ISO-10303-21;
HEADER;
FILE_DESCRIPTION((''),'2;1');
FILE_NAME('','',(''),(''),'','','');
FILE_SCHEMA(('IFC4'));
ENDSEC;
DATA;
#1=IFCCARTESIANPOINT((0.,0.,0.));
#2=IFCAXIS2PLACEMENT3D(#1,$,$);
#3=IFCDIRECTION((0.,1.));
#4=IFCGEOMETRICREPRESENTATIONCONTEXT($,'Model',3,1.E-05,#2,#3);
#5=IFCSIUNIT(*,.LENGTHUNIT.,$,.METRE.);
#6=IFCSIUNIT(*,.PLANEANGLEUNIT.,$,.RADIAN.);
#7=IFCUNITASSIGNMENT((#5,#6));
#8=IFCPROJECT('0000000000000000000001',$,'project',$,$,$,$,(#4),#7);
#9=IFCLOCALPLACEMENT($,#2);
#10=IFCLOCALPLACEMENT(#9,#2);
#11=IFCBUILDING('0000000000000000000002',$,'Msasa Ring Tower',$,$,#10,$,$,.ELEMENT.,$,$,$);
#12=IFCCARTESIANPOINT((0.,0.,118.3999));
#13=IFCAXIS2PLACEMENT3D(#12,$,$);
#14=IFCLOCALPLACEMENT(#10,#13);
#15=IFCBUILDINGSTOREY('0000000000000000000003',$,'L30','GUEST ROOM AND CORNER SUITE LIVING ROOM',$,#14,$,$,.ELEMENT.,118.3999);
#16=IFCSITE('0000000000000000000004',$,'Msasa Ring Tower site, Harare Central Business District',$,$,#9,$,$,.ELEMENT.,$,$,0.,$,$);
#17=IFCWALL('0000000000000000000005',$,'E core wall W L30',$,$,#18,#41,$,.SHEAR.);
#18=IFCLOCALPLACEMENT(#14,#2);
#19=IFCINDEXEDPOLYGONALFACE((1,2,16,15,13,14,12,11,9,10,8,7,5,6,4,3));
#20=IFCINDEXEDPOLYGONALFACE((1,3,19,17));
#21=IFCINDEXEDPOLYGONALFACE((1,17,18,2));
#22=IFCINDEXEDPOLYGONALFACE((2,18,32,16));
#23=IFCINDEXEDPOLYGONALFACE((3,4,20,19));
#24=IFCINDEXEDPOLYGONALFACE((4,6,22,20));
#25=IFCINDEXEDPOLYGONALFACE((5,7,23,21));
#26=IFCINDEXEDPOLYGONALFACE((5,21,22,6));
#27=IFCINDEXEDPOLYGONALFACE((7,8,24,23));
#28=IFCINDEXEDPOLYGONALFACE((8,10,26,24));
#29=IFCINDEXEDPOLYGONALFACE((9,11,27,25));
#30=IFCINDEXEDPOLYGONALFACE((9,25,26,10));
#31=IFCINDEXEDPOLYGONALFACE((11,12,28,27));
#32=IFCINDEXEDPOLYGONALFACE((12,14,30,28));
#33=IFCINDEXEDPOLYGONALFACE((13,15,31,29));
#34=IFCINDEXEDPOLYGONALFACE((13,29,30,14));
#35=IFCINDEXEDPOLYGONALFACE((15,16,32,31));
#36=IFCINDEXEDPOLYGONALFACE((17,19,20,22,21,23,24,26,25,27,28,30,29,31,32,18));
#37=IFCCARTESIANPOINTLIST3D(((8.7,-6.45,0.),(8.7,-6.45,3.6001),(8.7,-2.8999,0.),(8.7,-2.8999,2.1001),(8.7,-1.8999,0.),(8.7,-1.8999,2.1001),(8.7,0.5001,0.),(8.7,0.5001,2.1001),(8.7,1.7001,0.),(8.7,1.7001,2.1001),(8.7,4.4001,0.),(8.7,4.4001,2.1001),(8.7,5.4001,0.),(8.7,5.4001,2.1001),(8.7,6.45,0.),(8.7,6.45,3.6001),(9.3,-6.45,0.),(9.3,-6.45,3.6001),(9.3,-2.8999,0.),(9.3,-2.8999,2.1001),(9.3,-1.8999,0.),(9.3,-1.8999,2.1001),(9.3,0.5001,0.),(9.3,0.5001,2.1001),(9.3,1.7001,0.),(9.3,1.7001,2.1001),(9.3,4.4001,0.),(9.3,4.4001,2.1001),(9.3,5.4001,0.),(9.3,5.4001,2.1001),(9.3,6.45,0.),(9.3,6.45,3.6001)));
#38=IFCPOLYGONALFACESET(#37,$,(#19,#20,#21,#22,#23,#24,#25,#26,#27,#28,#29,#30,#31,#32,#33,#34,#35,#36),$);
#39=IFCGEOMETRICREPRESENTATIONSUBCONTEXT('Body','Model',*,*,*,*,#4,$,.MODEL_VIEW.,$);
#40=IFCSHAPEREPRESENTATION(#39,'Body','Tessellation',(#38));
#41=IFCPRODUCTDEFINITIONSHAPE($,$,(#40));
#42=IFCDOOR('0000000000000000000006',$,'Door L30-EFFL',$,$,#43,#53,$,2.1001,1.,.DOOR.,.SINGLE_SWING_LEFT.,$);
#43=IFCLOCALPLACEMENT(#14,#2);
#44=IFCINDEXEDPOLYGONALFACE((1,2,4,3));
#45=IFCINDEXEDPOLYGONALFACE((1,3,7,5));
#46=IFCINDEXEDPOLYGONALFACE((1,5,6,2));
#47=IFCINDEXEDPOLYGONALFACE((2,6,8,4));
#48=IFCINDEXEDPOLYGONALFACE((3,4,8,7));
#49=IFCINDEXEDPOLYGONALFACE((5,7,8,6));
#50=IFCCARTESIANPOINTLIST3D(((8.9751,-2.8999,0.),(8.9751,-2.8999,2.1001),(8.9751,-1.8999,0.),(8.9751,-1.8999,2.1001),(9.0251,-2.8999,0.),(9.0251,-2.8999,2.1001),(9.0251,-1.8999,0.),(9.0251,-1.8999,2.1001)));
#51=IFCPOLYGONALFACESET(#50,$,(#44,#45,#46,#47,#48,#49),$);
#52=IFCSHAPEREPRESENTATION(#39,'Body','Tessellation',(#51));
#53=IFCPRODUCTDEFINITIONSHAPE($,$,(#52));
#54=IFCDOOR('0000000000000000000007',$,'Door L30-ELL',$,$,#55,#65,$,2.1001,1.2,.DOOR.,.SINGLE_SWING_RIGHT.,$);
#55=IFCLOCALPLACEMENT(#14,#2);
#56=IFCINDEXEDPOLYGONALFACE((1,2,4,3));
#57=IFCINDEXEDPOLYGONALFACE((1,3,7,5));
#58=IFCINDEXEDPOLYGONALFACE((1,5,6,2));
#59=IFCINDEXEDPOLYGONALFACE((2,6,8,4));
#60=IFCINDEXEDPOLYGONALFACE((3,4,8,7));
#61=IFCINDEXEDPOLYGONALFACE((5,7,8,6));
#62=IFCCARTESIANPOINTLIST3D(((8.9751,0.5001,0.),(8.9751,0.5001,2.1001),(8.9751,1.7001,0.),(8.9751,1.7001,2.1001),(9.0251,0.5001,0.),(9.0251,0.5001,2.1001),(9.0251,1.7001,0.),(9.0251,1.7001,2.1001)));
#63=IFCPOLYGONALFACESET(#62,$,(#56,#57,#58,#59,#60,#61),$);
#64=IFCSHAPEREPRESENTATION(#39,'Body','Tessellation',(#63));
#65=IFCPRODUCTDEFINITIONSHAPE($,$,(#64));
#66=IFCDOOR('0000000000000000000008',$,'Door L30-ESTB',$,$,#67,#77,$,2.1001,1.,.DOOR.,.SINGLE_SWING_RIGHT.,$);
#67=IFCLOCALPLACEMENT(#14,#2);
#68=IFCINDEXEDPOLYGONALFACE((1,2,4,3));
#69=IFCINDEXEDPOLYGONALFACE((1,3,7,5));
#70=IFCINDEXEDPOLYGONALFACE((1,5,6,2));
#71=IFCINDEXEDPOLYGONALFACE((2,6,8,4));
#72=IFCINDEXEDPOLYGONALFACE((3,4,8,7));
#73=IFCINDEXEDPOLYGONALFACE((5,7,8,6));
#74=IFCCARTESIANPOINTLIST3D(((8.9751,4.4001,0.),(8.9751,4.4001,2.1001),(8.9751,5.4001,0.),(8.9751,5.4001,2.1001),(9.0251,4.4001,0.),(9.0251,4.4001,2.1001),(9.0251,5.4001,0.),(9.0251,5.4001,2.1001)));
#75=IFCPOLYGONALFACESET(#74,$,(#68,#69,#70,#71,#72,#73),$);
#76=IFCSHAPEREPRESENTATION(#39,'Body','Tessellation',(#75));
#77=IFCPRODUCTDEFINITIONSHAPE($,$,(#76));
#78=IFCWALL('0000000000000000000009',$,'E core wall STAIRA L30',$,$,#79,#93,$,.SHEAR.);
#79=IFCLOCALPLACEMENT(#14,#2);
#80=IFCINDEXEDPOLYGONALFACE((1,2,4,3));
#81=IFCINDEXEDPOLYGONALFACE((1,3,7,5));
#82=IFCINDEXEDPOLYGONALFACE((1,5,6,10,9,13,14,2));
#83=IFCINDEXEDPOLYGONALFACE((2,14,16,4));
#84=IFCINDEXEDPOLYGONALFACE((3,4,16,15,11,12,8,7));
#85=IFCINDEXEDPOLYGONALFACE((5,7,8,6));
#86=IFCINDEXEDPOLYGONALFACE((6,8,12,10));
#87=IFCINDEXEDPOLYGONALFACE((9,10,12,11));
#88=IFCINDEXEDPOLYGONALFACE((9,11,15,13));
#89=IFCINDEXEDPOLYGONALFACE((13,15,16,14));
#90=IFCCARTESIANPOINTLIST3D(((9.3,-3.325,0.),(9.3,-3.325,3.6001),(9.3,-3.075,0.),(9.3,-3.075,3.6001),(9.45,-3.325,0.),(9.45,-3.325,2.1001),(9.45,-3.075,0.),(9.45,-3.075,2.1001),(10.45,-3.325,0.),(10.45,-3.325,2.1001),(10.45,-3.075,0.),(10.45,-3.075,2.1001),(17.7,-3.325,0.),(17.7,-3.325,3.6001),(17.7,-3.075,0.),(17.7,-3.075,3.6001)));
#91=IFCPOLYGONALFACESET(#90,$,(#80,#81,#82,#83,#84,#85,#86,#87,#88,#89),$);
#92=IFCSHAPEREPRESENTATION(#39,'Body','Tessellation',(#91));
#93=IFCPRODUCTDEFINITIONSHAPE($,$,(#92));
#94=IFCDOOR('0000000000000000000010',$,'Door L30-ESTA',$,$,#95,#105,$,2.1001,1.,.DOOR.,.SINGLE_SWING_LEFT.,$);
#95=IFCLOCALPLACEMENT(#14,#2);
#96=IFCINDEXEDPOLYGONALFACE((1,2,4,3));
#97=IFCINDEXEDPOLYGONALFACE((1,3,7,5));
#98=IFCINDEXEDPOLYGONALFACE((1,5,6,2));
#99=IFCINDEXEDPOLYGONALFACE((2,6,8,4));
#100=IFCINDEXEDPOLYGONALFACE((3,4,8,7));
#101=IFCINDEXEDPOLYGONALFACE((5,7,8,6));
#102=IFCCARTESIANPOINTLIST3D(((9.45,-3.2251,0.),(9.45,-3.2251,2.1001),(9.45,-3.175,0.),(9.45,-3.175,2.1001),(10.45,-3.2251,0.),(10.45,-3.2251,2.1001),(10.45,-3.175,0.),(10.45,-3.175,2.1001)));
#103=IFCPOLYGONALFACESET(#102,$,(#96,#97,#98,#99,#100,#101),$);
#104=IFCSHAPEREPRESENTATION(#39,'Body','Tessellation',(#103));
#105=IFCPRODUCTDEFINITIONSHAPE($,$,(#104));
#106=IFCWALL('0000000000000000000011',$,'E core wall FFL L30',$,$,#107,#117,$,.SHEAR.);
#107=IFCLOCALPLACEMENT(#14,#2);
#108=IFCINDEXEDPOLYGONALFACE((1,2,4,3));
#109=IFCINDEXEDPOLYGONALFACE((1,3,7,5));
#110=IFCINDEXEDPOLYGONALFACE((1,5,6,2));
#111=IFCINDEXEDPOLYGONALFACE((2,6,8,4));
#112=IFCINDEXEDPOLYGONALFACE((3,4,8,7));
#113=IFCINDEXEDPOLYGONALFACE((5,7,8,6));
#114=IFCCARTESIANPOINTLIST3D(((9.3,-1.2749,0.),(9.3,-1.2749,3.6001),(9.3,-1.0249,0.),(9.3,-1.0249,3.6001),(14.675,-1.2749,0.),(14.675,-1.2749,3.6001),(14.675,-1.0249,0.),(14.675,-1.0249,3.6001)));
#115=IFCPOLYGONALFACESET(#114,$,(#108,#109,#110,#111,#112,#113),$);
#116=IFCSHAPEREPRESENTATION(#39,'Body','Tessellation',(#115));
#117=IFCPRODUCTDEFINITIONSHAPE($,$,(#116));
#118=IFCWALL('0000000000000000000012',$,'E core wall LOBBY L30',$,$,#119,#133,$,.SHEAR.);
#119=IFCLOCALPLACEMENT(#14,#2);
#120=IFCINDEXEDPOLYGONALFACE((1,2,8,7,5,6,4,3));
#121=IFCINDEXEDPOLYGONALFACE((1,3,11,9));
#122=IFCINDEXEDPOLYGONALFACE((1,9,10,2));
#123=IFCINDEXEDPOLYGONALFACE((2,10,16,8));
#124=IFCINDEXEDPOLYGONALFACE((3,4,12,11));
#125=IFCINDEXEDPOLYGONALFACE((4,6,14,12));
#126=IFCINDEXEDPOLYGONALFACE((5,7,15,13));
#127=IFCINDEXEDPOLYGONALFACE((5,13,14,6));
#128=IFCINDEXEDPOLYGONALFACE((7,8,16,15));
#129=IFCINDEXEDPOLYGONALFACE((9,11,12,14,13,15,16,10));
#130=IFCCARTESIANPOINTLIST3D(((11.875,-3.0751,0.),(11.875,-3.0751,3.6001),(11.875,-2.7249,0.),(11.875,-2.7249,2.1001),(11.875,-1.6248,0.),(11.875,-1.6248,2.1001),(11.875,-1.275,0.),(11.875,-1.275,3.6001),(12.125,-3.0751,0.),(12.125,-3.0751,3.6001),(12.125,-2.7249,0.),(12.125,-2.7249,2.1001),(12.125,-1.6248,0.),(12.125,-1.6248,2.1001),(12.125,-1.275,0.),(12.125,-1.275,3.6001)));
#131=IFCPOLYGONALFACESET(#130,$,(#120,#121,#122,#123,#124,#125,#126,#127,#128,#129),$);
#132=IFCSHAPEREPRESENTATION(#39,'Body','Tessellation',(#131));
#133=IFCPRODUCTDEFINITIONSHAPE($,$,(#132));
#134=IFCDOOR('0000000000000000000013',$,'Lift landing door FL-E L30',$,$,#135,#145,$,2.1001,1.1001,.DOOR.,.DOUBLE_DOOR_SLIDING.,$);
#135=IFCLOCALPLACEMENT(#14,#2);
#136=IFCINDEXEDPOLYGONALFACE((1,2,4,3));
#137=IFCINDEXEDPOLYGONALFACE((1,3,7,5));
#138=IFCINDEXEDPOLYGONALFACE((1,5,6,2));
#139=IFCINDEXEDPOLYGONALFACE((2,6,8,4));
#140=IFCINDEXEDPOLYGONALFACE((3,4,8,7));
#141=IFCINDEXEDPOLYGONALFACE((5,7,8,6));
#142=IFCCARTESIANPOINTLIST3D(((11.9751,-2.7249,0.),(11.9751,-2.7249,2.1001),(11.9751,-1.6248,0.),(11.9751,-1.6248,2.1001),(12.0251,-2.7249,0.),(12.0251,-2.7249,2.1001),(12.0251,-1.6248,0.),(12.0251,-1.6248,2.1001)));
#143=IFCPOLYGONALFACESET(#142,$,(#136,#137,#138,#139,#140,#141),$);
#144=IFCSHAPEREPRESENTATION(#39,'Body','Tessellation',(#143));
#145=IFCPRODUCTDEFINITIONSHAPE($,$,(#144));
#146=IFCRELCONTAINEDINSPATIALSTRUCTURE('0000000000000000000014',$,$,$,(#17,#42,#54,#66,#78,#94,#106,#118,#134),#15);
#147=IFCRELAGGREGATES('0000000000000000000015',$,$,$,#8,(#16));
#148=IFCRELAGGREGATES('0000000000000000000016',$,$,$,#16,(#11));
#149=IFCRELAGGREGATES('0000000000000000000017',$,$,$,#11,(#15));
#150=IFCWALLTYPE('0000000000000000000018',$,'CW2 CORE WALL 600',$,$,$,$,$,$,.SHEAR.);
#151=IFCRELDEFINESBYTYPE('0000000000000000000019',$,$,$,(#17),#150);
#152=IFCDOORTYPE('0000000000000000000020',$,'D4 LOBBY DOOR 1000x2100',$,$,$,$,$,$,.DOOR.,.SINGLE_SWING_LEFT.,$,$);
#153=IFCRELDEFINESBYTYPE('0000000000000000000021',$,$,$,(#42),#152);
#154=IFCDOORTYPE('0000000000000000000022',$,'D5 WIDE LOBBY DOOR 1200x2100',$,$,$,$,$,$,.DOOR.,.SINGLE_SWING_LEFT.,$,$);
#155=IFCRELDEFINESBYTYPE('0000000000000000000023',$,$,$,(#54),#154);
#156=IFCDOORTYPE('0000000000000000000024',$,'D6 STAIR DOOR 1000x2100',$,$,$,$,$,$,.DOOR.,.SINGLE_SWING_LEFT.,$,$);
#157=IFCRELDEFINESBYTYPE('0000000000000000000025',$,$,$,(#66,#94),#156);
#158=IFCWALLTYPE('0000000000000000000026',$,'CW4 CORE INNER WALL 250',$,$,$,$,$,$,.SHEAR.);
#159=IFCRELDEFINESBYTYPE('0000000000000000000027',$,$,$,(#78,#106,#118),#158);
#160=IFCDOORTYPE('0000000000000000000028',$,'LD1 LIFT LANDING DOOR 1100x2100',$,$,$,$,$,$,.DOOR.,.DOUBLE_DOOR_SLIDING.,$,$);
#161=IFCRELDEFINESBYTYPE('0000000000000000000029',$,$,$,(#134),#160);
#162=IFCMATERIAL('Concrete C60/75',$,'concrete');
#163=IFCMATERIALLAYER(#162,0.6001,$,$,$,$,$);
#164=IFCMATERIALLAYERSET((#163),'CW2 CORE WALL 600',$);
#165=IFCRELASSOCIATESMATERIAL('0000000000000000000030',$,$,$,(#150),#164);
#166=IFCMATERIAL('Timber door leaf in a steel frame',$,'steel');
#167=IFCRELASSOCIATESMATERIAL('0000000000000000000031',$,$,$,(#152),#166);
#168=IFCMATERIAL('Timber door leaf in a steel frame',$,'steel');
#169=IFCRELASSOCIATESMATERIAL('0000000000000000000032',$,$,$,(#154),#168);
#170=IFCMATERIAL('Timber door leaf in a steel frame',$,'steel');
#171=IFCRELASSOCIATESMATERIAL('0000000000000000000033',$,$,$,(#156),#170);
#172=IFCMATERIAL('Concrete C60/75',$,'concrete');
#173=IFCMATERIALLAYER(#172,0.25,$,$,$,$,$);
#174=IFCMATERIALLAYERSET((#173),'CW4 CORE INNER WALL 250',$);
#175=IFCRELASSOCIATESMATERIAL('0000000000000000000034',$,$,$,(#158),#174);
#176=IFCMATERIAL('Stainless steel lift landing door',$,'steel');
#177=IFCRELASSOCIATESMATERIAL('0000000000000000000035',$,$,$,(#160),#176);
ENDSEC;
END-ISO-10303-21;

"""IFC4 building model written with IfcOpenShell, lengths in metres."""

from ifc_helpers import new_model, si_unit, direction, frame, frame_2d, origin, place, context, subcontext, project, spatial, rectangle, extrude, material, layer, layer_set, type_object, element, fill, save


model = new_model("IFC4")

# Units and contexts
model_context = context("Model", 3, precision=1e-05, world=origin(), true_north=direction((0.0, 1.0)))
body_context = subcontext(model_context, "Body", "Model", "MODEL_VIEW")
ifc_project = project(units=[si_unit("LENGTHUNIT", "METRE"), si_unit("PLANEANGLEUNIT", "RADIAN")], contexts=[model_context])

# Site, building, storey
site_placement = place(None, origin())
site = spatial("IfcSite", under=ifc_project, at=site_placement, Name="Msasa Ring Tower site, Harare Central Business District", CompositionType="ELEMENT", RefElevation=0.0)
building_placement = place(site_placement, origin())
building = spatial("IfcBuilding", under=site, at=building_placement, Name="Msasa Ring Tower", CompositionType="ELEMENT")
storey_placement = place(building_placement, frame((0.0, 0.0, 118.3999)))
storey = spatial("IfcBuildingStorey", under=building, at=storey_placement, Name="L30", Description="GUEST ROOM AND CORNER SUITE LIVING ROOM", CompositionType="ELEMENT", Elevation=118.3999)

# Shared definitions
ifc_material_1 = material(Name="Concrete C60/75", Category="concrete")
ifc_layer_1 = layer(ifc_material_1, 0.6001)
ifc_layer_set_1 = layer_set([ifc_layer_1], Name="CW2 CORE WALL 600")
wall_type_1 = type_object("IfcWallType", Name="CW2 CORE WALL 600", PredefinedType="SHEAR", material=ifc_layer_set_1)

# Wall, openings, doors
wall_1_placement = place(storey_placement, frame((9.0, -6.45, 0.0), z_axis=(0.0, 0.0, 1.0), x_axis=(0.0, 1.0, 0.0)))
wall_1 = element("IfcWall", 1, at=wall_1_placement, inside=storey, type_object=wall_type_1, Name="E core wall W L30", PredefinedType="SHEAR", context=body_context, shape_type="SweptSolid", body=[
    extrude(rectangle(XDim=12.8999, YDim=0.6001, at=frame_2d((6.45, 0.0))), origin(), (0.0, 0.0, 1.0), 3.6001),
])
opening_1_placement = place(wall_1_placement, frame((3.55, 0.0, 0.0)))
opening_1 = element("IfcOpeningElement", 2, at=opening_1_placement, cuts=wall_1, PredefinedType="OPENING", context=body_context, shape_type="SweptSolid", body=[
    extrude(rectangle(XDim=1.0, YDim=2.1001, at=frame_2d((0.5, 1.05))), frame((0.0, 0.3101, 0.0), z_axis=(0.0, -1.0, 0.0), x_axis=(1.0, 0.0, 0.0)), (0.0, 0.0, 1.0), 0.6201),
])
opening_2_placement = place(wall_1_placement, frame((6.95, 0.0, 0.0)))
opening_2 = element("IfcOpeningElement", 3, at=opening_2_placement, cuts=wall_1, PredefinedType="OPENING", context=body_context, shape_type="SweptSolid", body=[
    extrude(rectangle(XDim=1.2, YDim=2.1001, at=frame_2d((0.6001, 1.05))), frame((0.0, 0.3101, 0.0), z_axis=(0.0, -1.0, 0.0), x_axis=(1.0, 0.0, 0.0)), (0.0, 0.0, 1.0), 0.6201),
])
opening_3_placement = place(wall_1_placement, frame((10.8501, 0.0, 0.0)))
opening_3 = element("IfcOpeningElement", 4, at=opening_3_placement, cuts=wall_1, PredefinedType="OPENING", context=body_context, shape_type="SweptSolid", body=[
    extrude(rectangle(XDim=1.0, YDim=2.1001, at=frame_2d((0.5, 1.05))), frame((0.0, 0.3101, 0.0), z_axis=(0.0, -1.0, 0.0), x_axis=(1.0, 0.0, 0.0)), (0.0, 0.0, 1.0), 0.6201),
])
ifc_material_2 = material(Name="Timber door leaf in a steel frame", Category="steel")
door_type_1 = type_object("IfcDoorType", Name="D4 LOBBY DOOR 1000x2100", OperationType="SINGLE_SWING_LEFT", PredefinedType="DOOR", material=ifc_material_2)
door_1_placement = place(opening_1_placement, origin())
door_1 = element("IfcDoor", 5, at=door_1_placement, inside=storey, type_object=door_type_1, Name="Door L30-EFFL", OperationType="SINGLE_SWING_LEFT", OverallHeight=2.1001, OverallWidth=1.0, PredefinedType="DOOR", context=body_context, shape_type="SweptSolid", body=[
    extrude(rectangle(XDim=1.0, YDim=2.1001, at=frame_2d((0.5, 1.05))), frame((0.0, 0.0249, 0.0), z_axis=(0.0, -1.0, 0.0), x_axis=(1.0, 0.0, 0.0)), (0.0, 0.0, 1.0), 0.05),
])
fill(opening_1, door_1)
ifc_material_3 = material(Name="Timber door leaf in a steel frame", Category="steel")
door_type_2 = type_object("IfcDoorType", Name="D5 WIDE LOBBY DOOR 1200x2100", OperationType="SINGLE_SWING_LEFT", PredefinedType="DOOR", material=ifc_material_3)
door_2_placement = place(opening_2_placement, origin())
door_2 = element("IfcDoor", 6, at=door_2_placement, inside=storey, type_object=door_type_2, Name="Door L30-ELL", OperationType="SINGLE_SWING_RIGHT", OverallHeight=2.1001, OverallWidth=1.2, PredefinedType="DOOR", context=body_context, shape_type="SweptSolid", body=[
    extrude(rectangle(XDim=1.2, YDim=2.1001, at=frame_2d((0.6001, 1.05))), frame((0.0, 0.0249, 0.0), z_axis=(0.0, -1.0, 0.0), x_axis=(1.0, 0.0, 0.0)), (0.0, 0.0, 1.0), 0.05),
])
fill(opening_2, door_2)
ifc_material_4 = material(Name="Timber door leaf in a steel frame", Category="steel")
door_type_3 = type_object("IfcDoorType", Name="D6 STAIR DOOR 1000x2100", OperationType="SINGLE_SWING_LEFT", PredefinedType="DOOR", material=ifc_material_4)
door_3_placement = place(opening_3_placement, origin())
door_3 = element("IfcDoor", 7, at=door_3_placement, inside=storey, type_object=door_type_3, Name="Door L30-ESTB", OperationType="SINGLE_SWING_RIGHT", OverallHeight=2.1001, OverallWidth=1.0, PredefinedType="DOOR", context=body_context, shape_type="SweptSolid", body=[
    extrude(rectangle(XDim=1.0, YDim=2.1001, at=frame_2d((0.5, 1.05))), frame((0.0, 0.0249, 0.0), z_axis=(0.0, -1.0, 0.0), x_axis=(1.0, 0.0, 0.0)), (0.0, 0.0, 1.0), 0.05),
])
fill(opening_3, door_3)

# Wall, opening, door
ifc_material_5 = material(Name="Concrete C60/75", Category="concrete")
ifc_layer_2 = layer(ifc_material_5, 0.25)
ifc_layer_set_2 = layer_set([ifc_layer_2], Name="CW4 CORE INNER WALL 250")
wall_type_2 = type_object("IfcWallType", Name="CW4 CORE INNER WALL 250", PredefinedType="SHEAR", material=ifc_layer_set_2)
wall_2_placement = place(storey_placement, frame((9.3, -3.2, 0.0), z_axis=(0.0, 0.0, 1.0), x_axis=(1.0, 0.0, 0.0)))
wall_2 = element("IfcWall", 8, at=wall_2_placement, inside=storey, type_object=wall_type_2, Name="E core wall STAIRA L30", PredefinedType="SHEAR", context=body_context, shape_type="SweptSolid", body=[
    extrude(rectangle(XDim=8.3999, YDim=0.25, at=frame_2d((4.2, 0.0))), origin(), (0.0, 0.0, 1.0), 3.6001),
])
opening_4_placement = place(wall_2_placement, frame((0.1499, 0.0, 0.0)))
opening_4 = element("IfcOpeningElement", 9, at=opening_4_placement, cuts=wall_2, PredefinedType="OPENING", context=body_context, shape_type="SweptSolid", body=[
    extrude(rectangle(XDim=1.0, YDim=2.1001, at=frame_2d((0.5, 1.05))), frame((0.0, 0.135, 0.0), z_axis=(0.0, -1.0, 0.0), x_axis=(1.0, 0.0, 0.0)), (0.0, 0.0, 1.0), 0.27),
])
door_4_placement = place(opening_4_placement, origin())
door_4 = element("IfcDoor", 10, at=door_4_placement, inside=storey, type_object=door_type_3, Name="Door L30-ESTA", OperationType="SINGLE_SWING_LEFT", OverallHeight=2.1001, OverallWidth=1.0, PredefinedType="DOOR", context=body_context, shape_type="SweptSolid", body=[
    extrude(rectangle(XDim=1.0, YDim=2.1001, at=frame_2d((0.5, 1.05))), frame((0.0, 0.0249, 0.0), z_axis=(0.0, -1.0, 0.0), x_axis=(1.0, 0.0, 0.0)), (0.0, 0.0, 1.0), 0.05),
])
fill(opening_4, door_4)

# Wall
wall_3_placement = place(storey_placement, frame((9.3, -1.1499, 0.0), z_axis=(0.0, 0.0, 1.0), x_axis=(1.0, 0.0, 0.0)))
element("IfcWall", 11, at=wall_3_placement, inside=storey, type_object=wall_type_2, Name="E core wall FFL L30", PredefinedType="SHEAR", context=body_context, shape_type="SweptSolid", body=[
    extrude(rectangle(XDim=5.375, YDim=0.25, at=frame_2d((2.6875, 0.0))), origin(), (0.0, 0.0, 1.0), 3.6001),
])

# Wall, opening, door
wall_4_placement = place(storey_placement, frame((12.0, -3.075, 0.0), z_axis=(0.0, 0.0, 1.0), x_axis=(0.0, 1.0, 0.0)))
wall_4 = element("IfcWall", 12, at=wall_4_placement, inside=storey, type_object=wall_type_2, Name="E core wall LOBBY L30", PredefinedType="SHEAR", context=body_context, shape_type="SweptSolid", body=[
    extrude(rectangle(XDim=1.8, YDim=0.25, at=frame_2d((0.8999, 0.0))), origin(), (0.0, 0.0, 1.0), 3.6001),
])
opening_5_placement = place(wall_4_placement, frame((0.3501, 0.0, 0.0)))
opening_5 = element("IfcOpeningElement", 13, at=opening_5_placement, cuts=wall_4, PredefinedType="OPENING", context=body_context, shape_type="SweptSolid", body=[
    extrude(rectangle(XDim=1.1001, YDim=2.1001, at=frame_2d((0.55, 1.05))), frame((0.0, 0.135, 0.0), z_axis=(0.0, -1.0, 0.0), x_axis=(1.0, 0.0, 0.0)), (0.0, 0.0, 1.0), 0.27),
])
ifc_material_6 = material(Name="Stainless steel lift landing door", Category="steel")
door_type_4 = type_object("IfcDoorType", Name="LD1 LIFT LANDING DOOR 1100x2100", OperationType="DOUBLE_DOOR_SLIDING", PredefinedType="DOOR", material=ifc_material_6)
door_5_placement = place(opening_5_placement, origin())
door_5 = element("IfcDoor", 14, at=door_5_placement, inside=storey, type_object=door_type_4, Name="Lift landing door FL-E L30", OperationType="DOUBLE_DOOR_SLIDING", OverallHeight=2.1001, OverallWidth=1.1001, PredefinedType="DOOR", context=body_context, shape_type="SweptSolid", body=[
    extrude(rectangle(XDim=1.1001, YDim=2.1001, at=frame_2d((0.55, 1.05))), frame((0.0, 0.0249, 0.0), z_axis=(0.0, -1.0, 0.0), x_axis=(1.0, 0.0, 0.0)), (0.0, 0.0, 1.0), 0.05),
])
fill(opening_5, door_5)

save(model, "model.ifc")
